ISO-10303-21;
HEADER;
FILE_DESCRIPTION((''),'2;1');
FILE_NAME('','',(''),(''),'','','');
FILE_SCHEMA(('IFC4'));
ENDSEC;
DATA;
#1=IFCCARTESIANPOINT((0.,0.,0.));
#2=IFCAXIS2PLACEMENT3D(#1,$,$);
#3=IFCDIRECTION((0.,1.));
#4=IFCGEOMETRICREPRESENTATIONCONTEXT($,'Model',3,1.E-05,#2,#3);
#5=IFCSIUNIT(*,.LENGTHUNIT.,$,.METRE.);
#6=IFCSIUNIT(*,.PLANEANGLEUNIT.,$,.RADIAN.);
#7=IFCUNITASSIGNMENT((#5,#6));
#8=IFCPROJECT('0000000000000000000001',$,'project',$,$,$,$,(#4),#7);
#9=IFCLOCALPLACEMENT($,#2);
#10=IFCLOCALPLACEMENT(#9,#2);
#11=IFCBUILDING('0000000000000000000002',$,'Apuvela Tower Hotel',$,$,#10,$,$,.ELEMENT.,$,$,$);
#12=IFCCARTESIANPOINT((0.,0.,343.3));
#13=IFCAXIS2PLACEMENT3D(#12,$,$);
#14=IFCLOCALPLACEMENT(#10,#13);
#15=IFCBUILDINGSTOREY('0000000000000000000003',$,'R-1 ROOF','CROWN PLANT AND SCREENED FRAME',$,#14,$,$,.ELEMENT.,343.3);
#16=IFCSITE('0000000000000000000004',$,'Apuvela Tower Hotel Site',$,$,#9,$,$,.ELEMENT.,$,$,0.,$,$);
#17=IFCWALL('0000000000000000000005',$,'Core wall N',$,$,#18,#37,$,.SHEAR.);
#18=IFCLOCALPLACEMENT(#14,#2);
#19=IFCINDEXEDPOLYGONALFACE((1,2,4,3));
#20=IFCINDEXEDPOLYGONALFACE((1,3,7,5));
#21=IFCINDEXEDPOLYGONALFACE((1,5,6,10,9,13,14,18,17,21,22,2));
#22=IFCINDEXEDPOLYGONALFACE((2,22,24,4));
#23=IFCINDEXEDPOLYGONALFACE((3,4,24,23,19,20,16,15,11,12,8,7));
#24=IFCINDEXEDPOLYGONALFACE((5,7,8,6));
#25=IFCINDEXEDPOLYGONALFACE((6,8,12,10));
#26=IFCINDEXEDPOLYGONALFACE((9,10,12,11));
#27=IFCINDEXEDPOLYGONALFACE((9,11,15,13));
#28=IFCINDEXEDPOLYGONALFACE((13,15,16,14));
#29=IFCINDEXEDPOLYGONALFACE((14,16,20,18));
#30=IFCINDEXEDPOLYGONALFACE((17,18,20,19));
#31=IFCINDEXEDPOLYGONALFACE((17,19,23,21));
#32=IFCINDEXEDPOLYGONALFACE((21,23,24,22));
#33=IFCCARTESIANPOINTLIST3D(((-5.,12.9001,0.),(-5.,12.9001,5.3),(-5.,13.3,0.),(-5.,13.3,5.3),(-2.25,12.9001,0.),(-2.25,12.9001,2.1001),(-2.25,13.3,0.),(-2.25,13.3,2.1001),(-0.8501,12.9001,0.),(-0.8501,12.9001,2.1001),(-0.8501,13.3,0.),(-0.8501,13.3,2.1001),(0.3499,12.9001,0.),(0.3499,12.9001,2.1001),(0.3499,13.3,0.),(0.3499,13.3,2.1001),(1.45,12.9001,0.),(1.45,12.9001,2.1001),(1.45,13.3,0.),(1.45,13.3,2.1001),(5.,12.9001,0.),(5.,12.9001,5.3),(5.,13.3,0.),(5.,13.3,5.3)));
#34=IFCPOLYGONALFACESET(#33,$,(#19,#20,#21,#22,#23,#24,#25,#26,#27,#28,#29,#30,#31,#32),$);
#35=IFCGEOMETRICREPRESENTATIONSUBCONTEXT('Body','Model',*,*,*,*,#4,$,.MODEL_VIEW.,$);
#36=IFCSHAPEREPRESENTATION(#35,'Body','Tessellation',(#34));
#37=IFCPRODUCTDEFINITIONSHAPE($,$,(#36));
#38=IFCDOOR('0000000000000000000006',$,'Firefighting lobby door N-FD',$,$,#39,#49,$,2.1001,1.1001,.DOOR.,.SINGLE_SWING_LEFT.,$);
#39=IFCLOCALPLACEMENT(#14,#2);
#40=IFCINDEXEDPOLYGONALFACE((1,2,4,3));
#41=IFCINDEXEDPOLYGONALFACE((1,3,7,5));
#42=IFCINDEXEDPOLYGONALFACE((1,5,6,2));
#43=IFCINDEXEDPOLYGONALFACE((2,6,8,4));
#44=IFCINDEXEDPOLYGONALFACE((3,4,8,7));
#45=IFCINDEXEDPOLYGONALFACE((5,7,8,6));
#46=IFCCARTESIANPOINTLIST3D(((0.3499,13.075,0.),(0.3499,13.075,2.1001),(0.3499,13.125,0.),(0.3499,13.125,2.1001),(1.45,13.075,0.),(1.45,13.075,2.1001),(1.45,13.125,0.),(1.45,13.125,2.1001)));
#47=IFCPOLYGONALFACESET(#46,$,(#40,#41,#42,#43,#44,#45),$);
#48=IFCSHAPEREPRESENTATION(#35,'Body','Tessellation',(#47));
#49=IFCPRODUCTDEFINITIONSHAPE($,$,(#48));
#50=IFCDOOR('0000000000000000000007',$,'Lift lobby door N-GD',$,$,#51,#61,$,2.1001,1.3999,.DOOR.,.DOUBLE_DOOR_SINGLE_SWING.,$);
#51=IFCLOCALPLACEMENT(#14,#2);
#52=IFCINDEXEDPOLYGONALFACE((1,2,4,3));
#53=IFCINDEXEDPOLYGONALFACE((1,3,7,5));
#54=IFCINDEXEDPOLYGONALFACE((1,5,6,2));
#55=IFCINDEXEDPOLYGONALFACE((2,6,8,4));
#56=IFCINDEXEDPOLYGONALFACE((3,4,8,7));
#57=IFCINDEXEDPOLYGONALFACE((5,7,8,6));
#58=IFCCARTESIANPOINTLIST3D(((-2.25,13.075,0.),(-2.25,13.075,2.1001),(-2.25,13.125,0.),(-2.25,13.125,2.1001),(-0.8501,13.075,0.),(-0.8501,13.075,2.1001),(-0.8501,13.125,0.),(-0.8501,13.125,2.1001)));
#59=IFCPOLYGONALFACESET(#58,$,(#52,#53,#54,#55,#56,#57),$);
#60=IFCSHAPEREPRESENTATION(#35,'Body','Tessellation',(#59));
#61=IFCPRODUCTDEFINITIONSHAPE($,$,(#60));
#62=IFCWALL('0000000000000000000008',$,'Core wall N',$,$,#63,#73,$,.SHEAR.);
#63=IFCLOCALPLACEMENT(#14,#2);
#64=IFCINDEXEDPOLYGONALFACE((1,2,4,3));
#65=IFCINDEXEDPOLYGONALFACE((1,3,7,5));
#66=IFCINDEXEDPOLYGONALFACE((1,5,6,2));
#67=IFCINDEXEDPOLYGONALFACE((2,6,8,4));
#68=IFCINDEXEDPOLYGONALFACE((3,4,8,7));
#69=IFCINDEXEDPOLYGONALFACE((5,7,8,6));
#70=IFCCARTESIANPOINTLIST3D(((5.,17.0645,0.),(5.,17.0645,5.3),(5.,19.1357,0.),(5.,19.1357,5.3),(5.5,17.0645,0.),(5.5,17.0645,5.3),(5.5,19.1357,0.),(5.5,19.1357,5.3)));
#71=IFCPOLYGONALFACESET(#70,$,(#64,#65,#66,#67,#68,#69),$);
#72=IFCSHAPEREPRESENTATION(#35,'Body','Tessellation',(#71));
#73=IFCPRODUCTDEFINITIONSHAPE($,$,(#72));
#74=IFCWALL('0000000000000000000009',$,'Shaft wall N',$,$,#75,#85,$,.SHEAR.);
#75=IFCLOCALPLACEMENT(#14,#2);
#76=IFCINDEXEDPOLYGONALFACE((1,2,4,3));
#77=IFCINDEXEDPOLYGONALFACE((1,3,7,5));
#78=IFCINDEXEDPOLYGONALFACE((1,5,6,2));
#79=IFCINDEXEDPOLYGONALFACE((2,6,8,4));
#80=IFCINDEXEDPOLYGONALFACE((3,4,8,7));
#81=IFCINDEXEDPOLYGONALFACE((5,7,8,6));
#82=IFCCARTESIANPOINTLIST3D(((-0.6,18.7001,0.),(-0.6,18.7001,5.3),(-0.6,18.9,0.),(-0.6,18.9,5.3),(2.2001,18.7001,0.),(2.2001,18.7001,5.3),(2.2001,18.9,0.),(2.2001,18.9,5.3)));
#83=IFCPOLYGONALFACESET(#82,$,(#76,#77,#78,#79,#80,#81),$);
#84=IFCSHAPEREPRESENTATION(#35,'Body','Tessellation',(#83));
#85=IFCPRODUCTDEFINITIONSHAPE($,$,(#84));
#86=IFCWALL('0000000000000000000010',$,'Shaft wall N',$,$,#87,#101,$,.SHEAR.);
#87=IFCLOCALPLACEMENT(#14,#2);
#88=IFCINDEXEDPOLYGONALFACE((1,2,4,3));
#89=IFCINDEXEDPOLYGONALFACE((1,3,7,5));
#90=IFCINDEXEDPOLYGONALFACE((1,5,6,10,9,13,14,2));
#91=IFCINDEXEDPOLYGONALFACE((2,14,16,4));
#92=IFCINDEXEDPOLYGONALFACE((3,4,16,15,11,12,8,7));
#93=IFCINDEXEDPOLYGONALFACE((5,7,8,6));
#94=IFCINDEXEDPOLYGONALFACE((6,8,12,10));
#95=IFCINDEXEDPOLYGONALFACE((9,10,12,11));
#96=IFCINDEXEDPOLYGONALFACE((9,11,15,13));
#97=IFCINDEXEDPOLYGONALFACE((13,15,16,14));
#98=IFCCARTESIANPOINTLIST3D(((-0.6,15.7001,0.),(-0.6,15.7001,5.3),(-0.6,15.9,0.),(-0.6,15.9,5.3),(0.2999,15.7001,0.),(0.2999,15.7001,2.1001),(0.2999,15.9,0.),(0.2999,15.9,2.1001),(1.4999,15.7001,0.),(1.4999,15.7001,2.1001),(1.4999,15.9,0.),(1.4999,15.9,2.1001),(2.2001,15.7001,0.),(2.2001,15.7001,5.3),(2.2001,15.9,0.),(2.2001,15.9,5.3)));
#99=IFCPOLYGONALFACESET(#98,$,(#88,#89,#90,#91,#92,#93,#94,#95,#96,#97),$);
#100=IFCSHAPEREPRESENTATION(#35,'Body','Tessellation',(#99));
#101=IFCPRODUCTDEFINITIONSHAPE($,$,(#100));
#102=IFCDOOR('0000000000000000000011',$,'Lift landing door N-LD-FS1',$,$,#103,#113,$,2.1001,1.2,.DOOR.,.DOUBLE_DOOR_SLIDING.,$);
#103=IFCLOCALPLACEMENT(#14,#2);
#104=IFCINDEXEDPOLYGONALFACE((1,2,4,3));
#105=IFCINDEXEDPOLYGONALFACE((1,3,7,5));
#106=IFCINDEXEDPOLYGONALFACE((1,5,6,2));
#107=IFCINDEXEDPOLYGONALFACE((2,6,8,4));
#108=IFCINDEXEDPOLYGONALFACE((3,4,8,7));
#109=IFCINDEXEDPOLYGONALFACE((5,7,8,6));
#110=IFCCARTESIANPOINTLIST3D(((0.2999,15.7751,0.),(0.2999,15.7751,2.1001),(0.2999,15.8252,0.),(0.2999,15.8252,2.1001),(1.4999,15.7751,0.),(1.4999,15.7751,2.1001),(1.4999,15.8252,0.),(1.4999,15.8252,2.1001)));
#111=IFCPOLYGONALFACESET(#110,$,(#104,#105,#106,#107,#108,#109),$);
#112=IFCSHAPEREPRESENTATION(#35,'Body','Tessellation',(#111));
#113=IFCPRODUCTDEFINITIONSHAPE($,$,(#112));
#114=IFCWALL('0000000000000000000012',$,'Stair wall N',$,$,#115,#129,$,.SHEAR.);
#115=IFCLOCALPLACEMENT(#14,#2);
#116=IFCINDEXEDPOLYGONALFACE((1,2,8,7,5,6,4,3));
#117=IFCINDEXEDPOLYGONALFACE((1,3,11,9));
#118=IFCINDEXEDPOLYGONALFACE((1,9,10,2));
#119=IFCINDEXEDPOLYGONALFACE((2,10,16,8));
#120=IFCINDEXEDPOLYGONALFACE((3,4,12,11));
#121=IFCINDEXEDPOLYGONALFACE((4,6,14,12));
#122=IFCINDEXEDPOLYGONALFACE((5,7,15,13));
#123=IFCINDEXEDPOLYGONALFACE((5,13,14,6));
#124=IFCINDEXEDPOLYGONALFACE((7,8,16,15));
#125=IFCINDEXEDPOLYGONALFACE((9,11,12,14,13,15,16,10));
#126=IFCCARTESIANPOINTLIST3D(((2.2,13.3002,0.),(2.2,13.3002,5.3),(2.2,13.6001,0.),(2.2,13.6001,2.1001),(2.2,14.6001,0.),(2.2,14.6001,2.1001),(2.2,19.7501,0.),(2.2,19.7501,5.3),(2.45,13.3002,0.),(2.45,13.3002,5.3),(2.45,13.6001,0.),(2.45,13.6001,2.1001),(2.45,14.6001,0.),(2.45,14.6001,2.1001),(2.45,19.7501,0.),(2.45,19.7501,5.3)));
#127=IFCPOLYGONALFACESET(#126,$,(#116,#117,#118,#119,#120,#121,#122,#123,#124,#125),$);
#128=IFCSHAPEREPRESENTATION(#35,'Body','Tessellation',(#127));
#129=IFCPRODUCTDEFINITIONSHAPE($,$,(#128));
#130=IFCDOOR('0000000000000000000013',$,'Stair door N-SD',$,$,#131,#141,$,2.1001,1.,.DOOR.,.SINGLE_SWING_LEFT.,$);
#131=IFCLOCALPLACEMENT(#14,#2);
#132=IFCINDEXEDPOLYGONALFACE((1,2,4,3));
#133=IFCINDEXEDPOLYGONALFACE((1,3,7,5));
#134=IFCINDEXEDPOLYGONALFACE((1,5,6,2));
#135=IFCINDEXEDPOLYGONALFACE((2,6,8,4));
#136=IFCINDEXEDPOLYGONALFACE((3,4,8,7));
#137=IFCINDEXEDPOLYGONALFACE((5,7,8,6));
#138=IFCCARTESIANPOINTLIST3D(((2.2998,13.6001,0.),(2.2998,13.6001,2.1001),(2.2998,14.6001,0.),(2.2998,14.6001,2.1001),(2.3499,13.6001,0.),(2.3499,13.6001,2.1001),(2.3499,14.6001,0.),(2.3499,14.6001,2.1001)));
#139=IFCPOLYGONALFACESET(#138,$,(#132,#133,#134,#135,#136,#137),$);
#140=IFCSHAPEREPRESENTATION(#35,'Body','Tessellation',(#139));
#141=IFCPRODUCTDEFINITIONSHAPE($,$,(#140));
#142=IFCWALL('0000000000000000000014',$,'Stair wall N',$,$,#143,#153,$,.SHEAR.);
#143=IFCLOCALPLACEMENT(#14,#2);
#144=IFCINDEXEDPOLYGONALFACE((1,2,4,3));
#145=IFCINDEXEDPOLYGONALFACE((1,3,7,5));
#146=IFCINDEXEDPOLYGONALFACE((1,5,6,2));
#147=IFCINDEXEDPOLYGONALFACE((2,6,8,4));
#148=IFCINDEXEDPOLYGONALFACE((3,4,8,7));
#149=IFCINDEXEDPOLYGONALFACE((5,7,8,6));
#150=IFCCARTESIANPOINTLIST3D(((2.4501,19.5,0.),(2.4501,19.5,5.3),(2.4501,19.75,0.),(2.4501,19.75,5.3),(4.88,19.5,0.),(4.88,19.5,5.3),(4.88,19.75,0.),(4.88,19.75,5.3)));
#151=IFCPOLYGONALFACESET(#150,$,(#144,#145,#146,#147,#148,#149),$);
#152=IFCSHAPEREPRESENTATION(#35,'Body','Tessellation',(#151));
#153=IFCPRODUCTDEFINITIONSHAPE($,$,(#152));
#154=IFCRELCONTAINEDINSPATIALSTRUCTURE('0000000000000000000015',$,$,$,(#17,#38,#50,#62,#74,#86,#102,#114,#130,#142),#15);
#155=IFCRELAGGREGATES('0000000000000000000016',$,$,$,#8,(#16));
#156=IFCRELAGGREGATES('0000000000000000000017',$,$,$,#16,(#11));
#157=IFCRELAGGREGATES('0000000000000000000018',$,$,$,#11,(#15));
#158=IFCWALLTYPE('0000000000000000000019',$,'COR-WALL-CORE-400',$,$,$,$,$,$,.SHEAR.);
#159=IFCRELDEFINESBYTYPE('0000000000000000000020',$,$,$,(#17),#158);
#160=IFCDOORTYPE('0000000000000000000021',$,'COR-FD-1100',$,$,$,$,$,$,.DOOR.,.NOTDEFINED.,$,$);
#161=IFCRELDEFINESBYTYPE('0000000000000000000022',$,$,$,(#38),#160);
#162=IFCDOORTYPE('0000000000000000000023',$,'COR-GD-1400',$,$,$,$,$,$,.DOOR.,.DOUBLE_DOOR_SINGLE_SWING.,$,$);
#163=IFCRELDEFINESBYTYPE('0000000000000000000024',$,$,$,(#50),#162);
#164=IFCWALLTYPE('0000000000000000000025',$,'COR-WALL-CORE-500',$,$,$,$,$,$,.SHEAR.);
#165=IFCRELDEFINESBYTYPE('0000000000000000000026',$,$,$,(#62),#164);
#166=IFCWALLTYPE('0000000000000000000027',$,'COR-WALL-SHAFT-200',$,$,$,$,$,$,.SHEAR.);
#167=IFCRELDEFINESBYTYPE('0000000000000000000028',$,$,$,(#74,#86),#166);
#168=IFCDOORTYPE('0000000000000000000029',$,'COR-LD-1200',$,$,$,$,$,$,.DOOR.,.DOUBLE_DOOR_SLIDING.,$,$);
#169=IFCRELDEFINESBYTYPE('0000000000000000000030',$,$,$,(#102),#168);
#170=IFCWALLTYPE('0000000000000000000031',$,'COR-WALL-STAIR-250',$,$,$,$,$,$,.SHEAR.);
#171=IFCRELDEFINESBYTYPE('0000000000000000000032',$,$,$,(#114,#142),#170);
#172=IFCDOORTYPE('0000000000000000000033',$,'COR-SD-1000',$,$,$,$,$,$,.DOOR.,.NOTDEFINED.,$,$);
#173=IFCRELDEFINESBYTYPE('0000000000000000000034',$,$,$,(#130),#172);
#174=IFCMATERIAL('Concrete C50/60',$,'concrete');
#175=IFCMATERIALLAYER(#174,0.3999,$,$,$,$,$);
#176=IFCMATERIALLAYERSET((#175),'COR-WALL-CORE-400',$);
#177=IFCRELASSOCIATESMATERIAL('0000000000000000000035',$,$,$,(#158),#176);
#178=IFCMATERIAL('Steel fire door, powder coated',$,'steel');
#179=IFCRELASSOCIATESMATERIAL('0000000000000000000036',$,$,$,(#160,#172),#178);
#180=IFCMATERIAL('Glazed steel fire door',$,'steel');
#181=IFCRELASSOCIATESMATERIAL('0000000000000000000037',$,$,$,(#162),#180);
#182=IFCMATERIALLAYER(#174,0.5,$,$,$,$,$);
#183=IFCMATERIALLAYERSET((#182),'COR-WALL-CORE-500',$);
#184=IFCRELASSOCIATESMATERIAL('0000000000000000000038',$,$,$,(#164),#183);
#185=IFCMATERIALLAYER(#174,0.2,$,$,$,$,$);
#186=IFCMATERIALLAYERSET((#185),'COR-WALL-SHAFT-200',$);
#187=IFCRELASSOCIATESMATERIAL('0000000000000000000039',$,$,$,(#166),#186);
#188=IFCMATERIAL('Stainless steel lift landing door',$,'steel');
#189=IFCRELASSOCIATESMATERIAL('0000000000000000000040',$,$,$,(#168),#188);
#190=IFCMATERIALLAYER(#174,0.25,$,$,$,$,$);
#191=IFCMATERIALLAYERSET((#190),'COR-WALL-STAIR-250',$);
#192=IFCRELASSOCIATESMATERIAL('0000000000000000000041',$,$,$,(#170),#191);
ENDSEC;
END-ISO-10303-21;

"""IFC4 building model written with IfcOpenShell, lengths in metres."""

from ifc_helpers import new_model, si_unit, direction, frame, frame_2d, origin, place, context, subcontext, project, spatial, rectangle, extrude, material, layer, layer_set, type_object, element, fill, save


model = new_model("IFC4")

# Units and contexts
model_context = context("Model", 3, precision=1e-05, world=origin(), true_north=direction((0.0, 1.0)))
body_context = subcontext(model_context, "Body", "Model", "MODEL_VIEW")
ifc_project = project(units=[si_unit("LENGTHUNIT", "METRE"), si_unit("PLANEANGLEUNIT", "RADIAN")], contexts=[model_context])

# Site, building, storey
site_placement = place(None, origin())
site = spatial("IfcSite", under=ifc_project, at=site_placement, Name="Apuvela Tower Hotel Site", CompositionType="ELEMENT", RefElevation=0.0)
building_placement = place(site_placement, origin())
building = spatial("IfcBuilding", under=site, at=building_placement, Name="Apuvela Tower Hotel", CompositionType="ELEMENT")
storey_placement = place(building_placement, frame((0.0, 0.0, 343.3)))
storey = spatial("IfcBuildingStorey", under=building, at=storey_placement, Name="R-1 ROOF", Description="CROWN PLANT AND SCREENED FRAME", CompositionType="ELEMENT", Elevation=343.3)

# Shared definitions
ifc_material_1 = material(Name="Concrete C50/60", Category="concrete")

# Wall, openings, doors
ifc_layer_1 = layer(ifc_material_1, 0.3999)
ifc_layer_set_1 = layer_set([ifc_layer_1], Name="COR-WALL-CORE-400")
wall_type_1 = type_object("IfcWallType", Name="COR-WALL-CORE-400", PredefinedType="SHEAR", material=ifc_layer_set_1)
wall_1_placement = place(storey_placement, frame((5.0, 13.1001, 0.0), z_axis=(0.0, 0.0, 1.0), x_axis=(-1.0, 0.0, 0.0)))
wall_1 = element("IfcWall", 1, at=wall_1_placement, inside=storey, type_object=wall_type_1, Name="Core wall N", PredefinedType="SHEAR", context=body_context, shape_type="SweptSolid", body=[
    extrude(rectangle(XDim=10.0, YDim=0.3999, at=frame_2d((5.0, 0.0))), origin(), (0.0, 0.0, 1.0), 5.3),
])
opening_1_placement = place(wall_1_placement, frame((3.55, 0.0, 0.0)))
opening_1 = element("IfcOpeningElement", 2, at=opening_1_placement, cuts=wall_1, PredefinedType="OPENING", context=body_context, shape_type="SweptSolid", body=[
    extrude(rectangle(XDim=1.1001, YDim=2.1001, at=frame_2d((0.55, 1.05))), frame((0.0, 0.21, 0.0), z_axis=(0.0, -1.0, 0.0), x_axis=(1.0, 0.0, 0.0)), (0.0, 0.0, 1.0), 0.4199),
])
opening_2_placement = place(wall_1_placement, frame((5.8501, 0.0, 0.0)))
opening_2 = element("IfcOpeningElement", 3, at=opening_2_placement, cuts=wall_1, PredefinedType="OPENING", context=body_context, shape_type="SweptSolid", body=[
    extrude(rectangle(XDim=1.3999, YDim=2.1001, at=frame_2d((0.7, 1.05))), frame((0.0, 0.21, 0.0), z_axis=(0.0, -1.0, 0.0), x_axis=(1.0, 0.0, 0.0)), (0.0, 0.0, 1.0), 0.4199),
])
ifc_material_2 = material(Name="Steel fire door, powder coated", Category="steel")
door_type_1 = type_object("IfcDoorType", Name="COR-FD-1100", OperationType="NOTDEFINED", PredefinedType="DOOR", material=ifc_material_2)
door_1_placement = place(opening_1_placement, frame((1.1001, 0.0, 0.0), z_axis=(0.0, 0.0, 1.0), x_axis=(-1.0, 0.0, 0.0)))
door_1 = element("IfcDoor", 4, at=door_1_placement, inside=storey, type_object=door_type_1, Name="Firefighting lobby door N-FD", OperationType="SINGLE_SWING_LEFT", OverallHeight=2.1001, OverallWidth=1.1001, PredefinedType="DOOR", context=body_context, shape_type="SweptSolid", body=[
    extrude(rectangle(XDim=1.1001, YDim=2.1001, at=frame_2d((0.55, 1.05))), frame((0.0, 0.0249, 0.0), z_axis=(0.0, -1.0, 0.0), x_axis=(1.0, 0.0, 0.0)), (0.0, 0.0, 1.0), 0.05),
])
fill(opening_1, door_1)
ifc_material_3 = material(Name="Glazed steel fire door", Category="steel")
door_type_2 = type_object("IfcDoorType", Name="COR-GD-1400", OperationType="DOUBLE_DOOR_SINGLE_SWING", PredefinedType="DOOR", material=ifc_material_3)
door_2_placement = place(opening_2_placement, frame((1.3999, 0.0, 0.0), z_axis=(0.0, 0.0, 1.0), x_axis=(-1.0, 0.0, 0.0)))
door_2 = element("IfcDoor", 5, at=door_2_placement, inside=storey, type_object=door_type_2, Name="Lift lobby door N-GD", OperationType="DOUBLE_DOOR_SINGLE_SWING", OverallHeight=2.1001, OverallWidth=1.3999, PredefinedType="DOOR", context=body_context, shape_type="SweptSolid", body=[
    extrude(rectangle(XDim=1.3999, YDim=2.1001, at=frame_2d((0.7, 1.05))), frame((0.0, 0.0249, 0.0), z_axis=(0.0, -1.0, 0.0), x_axis=(1.0, 0.0, 0.0)), (0.0, 0.0, 1.0), 0.05),
])
fill(opening_2, door_2)

# Walls
ifc_layer_2 = layer(ifc_material_1, 0.5)
ifc_layer_set_2 = layer_set([ifc_layer_2], Name="COR-WALL-CORE-500")
wall_type_2 = type_object("IfcWallType", Name="COR-WALL-CORE-500", PredefinedType="SHEAR", material=ifc_layer_set_2)
wall_2_placement = place(storey_placement, frame((5.25, 17.0645, 0.0), z_axis=(0.0, 0.0, 1.0), x_axis=(0.0, 1.0, 0.0)))
element("IfcWall", 6, at=wall_2_placement, inside=storey, type_object=wall_type_2, Name="Core wall N", PredefinedType="SHEAR", context=body_context, shape_type="SweptSolid", body=[
    extrude(rectangle(XDim=2.0713, YDim=0.5, at=frame_2d((1.0356, 0.0))), origin(), (0.0, 0.0, 1.0), 5.3),
])
ifc_layer_3 = layer(ifc_material_1, 0.2)
ifc_layer_set_3 = layer_set([ifc_layer_3], Name="COR-WALL-SHAFT-200")
wall_type_3 = type_object("IfcWallType", Name="COR-WALL-SHAFT-200", PredefinedType="SHEAR", material=ifc_layer_set_3)
wall_3_placement = place(storey_placement, frame((2.2, 18.8, 0.0), z_axis=(0.0, 0.0, 1.0), x_axis=(-1.0, 0.0, 0.0)))
element("IfcWall", 7, at=wall_3_placement, inside=storey, type_object=wall_type_3, Name="Shaft wall N", PredefinedType="SHEAR", context=body_context, shape_type="SweptSolid", body=[
    extrude(rectangle(XDim=2.8, YDim=0.2, at=frame_2d((1.3999, 0.0))), origin(), (0.0, 0.0, 1.0), 5.3),
])

# Walls, openings, doors
wall_4_placement = place(storey_placement, frame((2.2, 15.8, 0.0), z_axis=(0.0, 0.0, 1.0), x_axis=(-1.0, 0.0, 0.0)))
wall_4 = element("IfcWall", 8, at=wall_4_placement, inside=storey, type_object=wall_type_3, Name="Shaft wall N", PredefinedType="SHEAR", context=body_context, shape_type="SweptSolid", body=[
    extrude(rectangle(XDim=2.8, YDim=0.2, at=frame_2d((1.3999, 0.0))), origin(), (0.0, 0.0, 1.0), 5.3),
])
opening_3_placement = place(wall_4_placement, frame((0.7, 0.0, 0.0)))
opening_3 = element("IfcOpeningElement", 9, at=opening_3_placement, cuts=wall_4, PredefinedType="OPENING", context=body_context, shape_type="SweptSolid", body=[
    extrude(rectangle(XDim=1.2, YDim=2.1001, at=frame_2d((0.6001, 1.05))), frame((0.0, 0.1099, 0.0), z_axis=(0.0, -1.0, 0.0), x_axis=(1.0, 0.0, 0.0)), (0.0, 0.0, 1.0), 0.22),
])
ifc_material_4 = material(Name="Stainless steel lift landing door", Category="steel")
door_type_3 = type_object("IfcDoorType", Name="COR-LD-1200", OperationType="DOUBLE_DOOR_SLIDING", PredefinedType="DOOR", material=ifc_material_4)
door_3_placement = place(opening_3_placement, origin())
door_3 = element("IfcDoor", 10, at=door_3_placement, inside=storey, type_object=door_type_3, Name="Lift landing door N-LD-FS1", OperationType="DOUBLE_DOOR_SLIDING", OverallHeight=2.1001, OverallWidth=1.2, PredefinedType="DOOR", context=body_context, shape_type="SweptSolid", body=[
    extrude(rectangle(XDim=1.2, YDim=2.1001, at=frame_2d((0.6001, 1.05))), frame((0.0, 0.0249, 0.0), z_axis=(0.0, -1.0, 0.0), x_axis=(1.0, 0.0, 0.0)), (0.0, 0.0, 1.0), 0.05),
])
fill(opening_3, door_3)
ifc_layer_4 = layer(ifc_material_1, 0.25)
ifc_layer_set_4 = layer_set([ifc_layer_4], Name="COR-WALL-STAIR-250")
wall_type_4 = type_object("IfcWallType", Name="COR-WALL-STAIR-250", PredefinedType="SHEAR", material=ifc_layer_set_4)
wall_5_placement = place(storey_placement, frame((2.325, 13.3, 0.0), z_axis=(0.0, 0.0, 1.0), x_axis=(0.0, 1.0, 0.0)))
wall_5 = element("IfcWall", 11, at=wall_5_placement, inside=storey, type_object=wall_type_4, Name="Stair wall N", PredefinedType="SHEAR", context=body_context, shape_type="SweptSolid", body=[
    extrude(rectangle(XDim=6.45, YDim=0.25, at=frame_2d((3.2251, 0.0))), origin(), (0.0, 0.0, 1.0), 5.3),
])
opening_4_placement = place(wall_5_placement, frame((0.3, 0.0, 0.0)))
opening_4 = element("IfcOpeningElement", 12, at=opening_4_placement, cuts=wall_5, PredefinedType="OPENING", context=body_context, shape_type="SweptSolid", body=[
    extrude(rectangle(XDim=1.0, YDim=2.1001, at=frame_2d((0.5, 1.05))), frame((0.0, 0.135, 0.0), z_axis=(0.0, -1.0, 0.0), x_axis=(1.0, 0.0, 0.0)), (0.0, 0.0, 1.0), 0.27),
])
door_type_4 = type_object("IfcDoorType", Name="COR-SD-1000", OperationType="NOTDEFINED", PredefinedType="DOOR", material=ifc_material_2)
door_4_placement = place(opening_4_placement, frame((1.0, 0.0, 0.0), z_axis=(0.0, 0.0, 1.0), x_axis=(-1.0, 0.0, 0.0)))
door_4 = element("IfcDoor", 13, at=door_4_placement, inside=storey, type_object=door_type_4, Name="Stair door N-SD", OperationType="SINGLE_SWING_LEFT", OverallHeight=2.1001, OverallWidth=1.0, PredefinedType="DOOR", context=body_context, shape_type="SweptSolid", body=[
    extrude(rectangle(XDim=1.0, YDim=2.1001, at=frame_2d((0.5, 1.05))), frame((0.0, 0.0249, 0.0), z_axis=(0.0, -1.0, 0.0), x_axis=(1.0, 0.0, 0.0)), (0.0, 0.0, 1.0), 0.05),
])
fill(opening_4, door_4)

# Wall
wall_6_placement = place(storey_placement, frame((4.8799, 19.625, 0.0), z_axis=(0.0, 0.0, 1.0), x_axis=(-1.0, 0.0, 0.0)))
element("IfcWall", 14, at=wall_6_placement, inside=storey, type_object=wall_type_4, Name="Stair wall N", PredefinedType="SHEAR", context=body_context, shape_type="SweptSolid", body=[
    extrude(rectangle(XDim=2.4299, YDim=0.25, at=frame_2d((1.2148, 0.0))), origin(), (0.0, 0.0, 1.0), 5.3),
])

save(model, "model.ifc")
